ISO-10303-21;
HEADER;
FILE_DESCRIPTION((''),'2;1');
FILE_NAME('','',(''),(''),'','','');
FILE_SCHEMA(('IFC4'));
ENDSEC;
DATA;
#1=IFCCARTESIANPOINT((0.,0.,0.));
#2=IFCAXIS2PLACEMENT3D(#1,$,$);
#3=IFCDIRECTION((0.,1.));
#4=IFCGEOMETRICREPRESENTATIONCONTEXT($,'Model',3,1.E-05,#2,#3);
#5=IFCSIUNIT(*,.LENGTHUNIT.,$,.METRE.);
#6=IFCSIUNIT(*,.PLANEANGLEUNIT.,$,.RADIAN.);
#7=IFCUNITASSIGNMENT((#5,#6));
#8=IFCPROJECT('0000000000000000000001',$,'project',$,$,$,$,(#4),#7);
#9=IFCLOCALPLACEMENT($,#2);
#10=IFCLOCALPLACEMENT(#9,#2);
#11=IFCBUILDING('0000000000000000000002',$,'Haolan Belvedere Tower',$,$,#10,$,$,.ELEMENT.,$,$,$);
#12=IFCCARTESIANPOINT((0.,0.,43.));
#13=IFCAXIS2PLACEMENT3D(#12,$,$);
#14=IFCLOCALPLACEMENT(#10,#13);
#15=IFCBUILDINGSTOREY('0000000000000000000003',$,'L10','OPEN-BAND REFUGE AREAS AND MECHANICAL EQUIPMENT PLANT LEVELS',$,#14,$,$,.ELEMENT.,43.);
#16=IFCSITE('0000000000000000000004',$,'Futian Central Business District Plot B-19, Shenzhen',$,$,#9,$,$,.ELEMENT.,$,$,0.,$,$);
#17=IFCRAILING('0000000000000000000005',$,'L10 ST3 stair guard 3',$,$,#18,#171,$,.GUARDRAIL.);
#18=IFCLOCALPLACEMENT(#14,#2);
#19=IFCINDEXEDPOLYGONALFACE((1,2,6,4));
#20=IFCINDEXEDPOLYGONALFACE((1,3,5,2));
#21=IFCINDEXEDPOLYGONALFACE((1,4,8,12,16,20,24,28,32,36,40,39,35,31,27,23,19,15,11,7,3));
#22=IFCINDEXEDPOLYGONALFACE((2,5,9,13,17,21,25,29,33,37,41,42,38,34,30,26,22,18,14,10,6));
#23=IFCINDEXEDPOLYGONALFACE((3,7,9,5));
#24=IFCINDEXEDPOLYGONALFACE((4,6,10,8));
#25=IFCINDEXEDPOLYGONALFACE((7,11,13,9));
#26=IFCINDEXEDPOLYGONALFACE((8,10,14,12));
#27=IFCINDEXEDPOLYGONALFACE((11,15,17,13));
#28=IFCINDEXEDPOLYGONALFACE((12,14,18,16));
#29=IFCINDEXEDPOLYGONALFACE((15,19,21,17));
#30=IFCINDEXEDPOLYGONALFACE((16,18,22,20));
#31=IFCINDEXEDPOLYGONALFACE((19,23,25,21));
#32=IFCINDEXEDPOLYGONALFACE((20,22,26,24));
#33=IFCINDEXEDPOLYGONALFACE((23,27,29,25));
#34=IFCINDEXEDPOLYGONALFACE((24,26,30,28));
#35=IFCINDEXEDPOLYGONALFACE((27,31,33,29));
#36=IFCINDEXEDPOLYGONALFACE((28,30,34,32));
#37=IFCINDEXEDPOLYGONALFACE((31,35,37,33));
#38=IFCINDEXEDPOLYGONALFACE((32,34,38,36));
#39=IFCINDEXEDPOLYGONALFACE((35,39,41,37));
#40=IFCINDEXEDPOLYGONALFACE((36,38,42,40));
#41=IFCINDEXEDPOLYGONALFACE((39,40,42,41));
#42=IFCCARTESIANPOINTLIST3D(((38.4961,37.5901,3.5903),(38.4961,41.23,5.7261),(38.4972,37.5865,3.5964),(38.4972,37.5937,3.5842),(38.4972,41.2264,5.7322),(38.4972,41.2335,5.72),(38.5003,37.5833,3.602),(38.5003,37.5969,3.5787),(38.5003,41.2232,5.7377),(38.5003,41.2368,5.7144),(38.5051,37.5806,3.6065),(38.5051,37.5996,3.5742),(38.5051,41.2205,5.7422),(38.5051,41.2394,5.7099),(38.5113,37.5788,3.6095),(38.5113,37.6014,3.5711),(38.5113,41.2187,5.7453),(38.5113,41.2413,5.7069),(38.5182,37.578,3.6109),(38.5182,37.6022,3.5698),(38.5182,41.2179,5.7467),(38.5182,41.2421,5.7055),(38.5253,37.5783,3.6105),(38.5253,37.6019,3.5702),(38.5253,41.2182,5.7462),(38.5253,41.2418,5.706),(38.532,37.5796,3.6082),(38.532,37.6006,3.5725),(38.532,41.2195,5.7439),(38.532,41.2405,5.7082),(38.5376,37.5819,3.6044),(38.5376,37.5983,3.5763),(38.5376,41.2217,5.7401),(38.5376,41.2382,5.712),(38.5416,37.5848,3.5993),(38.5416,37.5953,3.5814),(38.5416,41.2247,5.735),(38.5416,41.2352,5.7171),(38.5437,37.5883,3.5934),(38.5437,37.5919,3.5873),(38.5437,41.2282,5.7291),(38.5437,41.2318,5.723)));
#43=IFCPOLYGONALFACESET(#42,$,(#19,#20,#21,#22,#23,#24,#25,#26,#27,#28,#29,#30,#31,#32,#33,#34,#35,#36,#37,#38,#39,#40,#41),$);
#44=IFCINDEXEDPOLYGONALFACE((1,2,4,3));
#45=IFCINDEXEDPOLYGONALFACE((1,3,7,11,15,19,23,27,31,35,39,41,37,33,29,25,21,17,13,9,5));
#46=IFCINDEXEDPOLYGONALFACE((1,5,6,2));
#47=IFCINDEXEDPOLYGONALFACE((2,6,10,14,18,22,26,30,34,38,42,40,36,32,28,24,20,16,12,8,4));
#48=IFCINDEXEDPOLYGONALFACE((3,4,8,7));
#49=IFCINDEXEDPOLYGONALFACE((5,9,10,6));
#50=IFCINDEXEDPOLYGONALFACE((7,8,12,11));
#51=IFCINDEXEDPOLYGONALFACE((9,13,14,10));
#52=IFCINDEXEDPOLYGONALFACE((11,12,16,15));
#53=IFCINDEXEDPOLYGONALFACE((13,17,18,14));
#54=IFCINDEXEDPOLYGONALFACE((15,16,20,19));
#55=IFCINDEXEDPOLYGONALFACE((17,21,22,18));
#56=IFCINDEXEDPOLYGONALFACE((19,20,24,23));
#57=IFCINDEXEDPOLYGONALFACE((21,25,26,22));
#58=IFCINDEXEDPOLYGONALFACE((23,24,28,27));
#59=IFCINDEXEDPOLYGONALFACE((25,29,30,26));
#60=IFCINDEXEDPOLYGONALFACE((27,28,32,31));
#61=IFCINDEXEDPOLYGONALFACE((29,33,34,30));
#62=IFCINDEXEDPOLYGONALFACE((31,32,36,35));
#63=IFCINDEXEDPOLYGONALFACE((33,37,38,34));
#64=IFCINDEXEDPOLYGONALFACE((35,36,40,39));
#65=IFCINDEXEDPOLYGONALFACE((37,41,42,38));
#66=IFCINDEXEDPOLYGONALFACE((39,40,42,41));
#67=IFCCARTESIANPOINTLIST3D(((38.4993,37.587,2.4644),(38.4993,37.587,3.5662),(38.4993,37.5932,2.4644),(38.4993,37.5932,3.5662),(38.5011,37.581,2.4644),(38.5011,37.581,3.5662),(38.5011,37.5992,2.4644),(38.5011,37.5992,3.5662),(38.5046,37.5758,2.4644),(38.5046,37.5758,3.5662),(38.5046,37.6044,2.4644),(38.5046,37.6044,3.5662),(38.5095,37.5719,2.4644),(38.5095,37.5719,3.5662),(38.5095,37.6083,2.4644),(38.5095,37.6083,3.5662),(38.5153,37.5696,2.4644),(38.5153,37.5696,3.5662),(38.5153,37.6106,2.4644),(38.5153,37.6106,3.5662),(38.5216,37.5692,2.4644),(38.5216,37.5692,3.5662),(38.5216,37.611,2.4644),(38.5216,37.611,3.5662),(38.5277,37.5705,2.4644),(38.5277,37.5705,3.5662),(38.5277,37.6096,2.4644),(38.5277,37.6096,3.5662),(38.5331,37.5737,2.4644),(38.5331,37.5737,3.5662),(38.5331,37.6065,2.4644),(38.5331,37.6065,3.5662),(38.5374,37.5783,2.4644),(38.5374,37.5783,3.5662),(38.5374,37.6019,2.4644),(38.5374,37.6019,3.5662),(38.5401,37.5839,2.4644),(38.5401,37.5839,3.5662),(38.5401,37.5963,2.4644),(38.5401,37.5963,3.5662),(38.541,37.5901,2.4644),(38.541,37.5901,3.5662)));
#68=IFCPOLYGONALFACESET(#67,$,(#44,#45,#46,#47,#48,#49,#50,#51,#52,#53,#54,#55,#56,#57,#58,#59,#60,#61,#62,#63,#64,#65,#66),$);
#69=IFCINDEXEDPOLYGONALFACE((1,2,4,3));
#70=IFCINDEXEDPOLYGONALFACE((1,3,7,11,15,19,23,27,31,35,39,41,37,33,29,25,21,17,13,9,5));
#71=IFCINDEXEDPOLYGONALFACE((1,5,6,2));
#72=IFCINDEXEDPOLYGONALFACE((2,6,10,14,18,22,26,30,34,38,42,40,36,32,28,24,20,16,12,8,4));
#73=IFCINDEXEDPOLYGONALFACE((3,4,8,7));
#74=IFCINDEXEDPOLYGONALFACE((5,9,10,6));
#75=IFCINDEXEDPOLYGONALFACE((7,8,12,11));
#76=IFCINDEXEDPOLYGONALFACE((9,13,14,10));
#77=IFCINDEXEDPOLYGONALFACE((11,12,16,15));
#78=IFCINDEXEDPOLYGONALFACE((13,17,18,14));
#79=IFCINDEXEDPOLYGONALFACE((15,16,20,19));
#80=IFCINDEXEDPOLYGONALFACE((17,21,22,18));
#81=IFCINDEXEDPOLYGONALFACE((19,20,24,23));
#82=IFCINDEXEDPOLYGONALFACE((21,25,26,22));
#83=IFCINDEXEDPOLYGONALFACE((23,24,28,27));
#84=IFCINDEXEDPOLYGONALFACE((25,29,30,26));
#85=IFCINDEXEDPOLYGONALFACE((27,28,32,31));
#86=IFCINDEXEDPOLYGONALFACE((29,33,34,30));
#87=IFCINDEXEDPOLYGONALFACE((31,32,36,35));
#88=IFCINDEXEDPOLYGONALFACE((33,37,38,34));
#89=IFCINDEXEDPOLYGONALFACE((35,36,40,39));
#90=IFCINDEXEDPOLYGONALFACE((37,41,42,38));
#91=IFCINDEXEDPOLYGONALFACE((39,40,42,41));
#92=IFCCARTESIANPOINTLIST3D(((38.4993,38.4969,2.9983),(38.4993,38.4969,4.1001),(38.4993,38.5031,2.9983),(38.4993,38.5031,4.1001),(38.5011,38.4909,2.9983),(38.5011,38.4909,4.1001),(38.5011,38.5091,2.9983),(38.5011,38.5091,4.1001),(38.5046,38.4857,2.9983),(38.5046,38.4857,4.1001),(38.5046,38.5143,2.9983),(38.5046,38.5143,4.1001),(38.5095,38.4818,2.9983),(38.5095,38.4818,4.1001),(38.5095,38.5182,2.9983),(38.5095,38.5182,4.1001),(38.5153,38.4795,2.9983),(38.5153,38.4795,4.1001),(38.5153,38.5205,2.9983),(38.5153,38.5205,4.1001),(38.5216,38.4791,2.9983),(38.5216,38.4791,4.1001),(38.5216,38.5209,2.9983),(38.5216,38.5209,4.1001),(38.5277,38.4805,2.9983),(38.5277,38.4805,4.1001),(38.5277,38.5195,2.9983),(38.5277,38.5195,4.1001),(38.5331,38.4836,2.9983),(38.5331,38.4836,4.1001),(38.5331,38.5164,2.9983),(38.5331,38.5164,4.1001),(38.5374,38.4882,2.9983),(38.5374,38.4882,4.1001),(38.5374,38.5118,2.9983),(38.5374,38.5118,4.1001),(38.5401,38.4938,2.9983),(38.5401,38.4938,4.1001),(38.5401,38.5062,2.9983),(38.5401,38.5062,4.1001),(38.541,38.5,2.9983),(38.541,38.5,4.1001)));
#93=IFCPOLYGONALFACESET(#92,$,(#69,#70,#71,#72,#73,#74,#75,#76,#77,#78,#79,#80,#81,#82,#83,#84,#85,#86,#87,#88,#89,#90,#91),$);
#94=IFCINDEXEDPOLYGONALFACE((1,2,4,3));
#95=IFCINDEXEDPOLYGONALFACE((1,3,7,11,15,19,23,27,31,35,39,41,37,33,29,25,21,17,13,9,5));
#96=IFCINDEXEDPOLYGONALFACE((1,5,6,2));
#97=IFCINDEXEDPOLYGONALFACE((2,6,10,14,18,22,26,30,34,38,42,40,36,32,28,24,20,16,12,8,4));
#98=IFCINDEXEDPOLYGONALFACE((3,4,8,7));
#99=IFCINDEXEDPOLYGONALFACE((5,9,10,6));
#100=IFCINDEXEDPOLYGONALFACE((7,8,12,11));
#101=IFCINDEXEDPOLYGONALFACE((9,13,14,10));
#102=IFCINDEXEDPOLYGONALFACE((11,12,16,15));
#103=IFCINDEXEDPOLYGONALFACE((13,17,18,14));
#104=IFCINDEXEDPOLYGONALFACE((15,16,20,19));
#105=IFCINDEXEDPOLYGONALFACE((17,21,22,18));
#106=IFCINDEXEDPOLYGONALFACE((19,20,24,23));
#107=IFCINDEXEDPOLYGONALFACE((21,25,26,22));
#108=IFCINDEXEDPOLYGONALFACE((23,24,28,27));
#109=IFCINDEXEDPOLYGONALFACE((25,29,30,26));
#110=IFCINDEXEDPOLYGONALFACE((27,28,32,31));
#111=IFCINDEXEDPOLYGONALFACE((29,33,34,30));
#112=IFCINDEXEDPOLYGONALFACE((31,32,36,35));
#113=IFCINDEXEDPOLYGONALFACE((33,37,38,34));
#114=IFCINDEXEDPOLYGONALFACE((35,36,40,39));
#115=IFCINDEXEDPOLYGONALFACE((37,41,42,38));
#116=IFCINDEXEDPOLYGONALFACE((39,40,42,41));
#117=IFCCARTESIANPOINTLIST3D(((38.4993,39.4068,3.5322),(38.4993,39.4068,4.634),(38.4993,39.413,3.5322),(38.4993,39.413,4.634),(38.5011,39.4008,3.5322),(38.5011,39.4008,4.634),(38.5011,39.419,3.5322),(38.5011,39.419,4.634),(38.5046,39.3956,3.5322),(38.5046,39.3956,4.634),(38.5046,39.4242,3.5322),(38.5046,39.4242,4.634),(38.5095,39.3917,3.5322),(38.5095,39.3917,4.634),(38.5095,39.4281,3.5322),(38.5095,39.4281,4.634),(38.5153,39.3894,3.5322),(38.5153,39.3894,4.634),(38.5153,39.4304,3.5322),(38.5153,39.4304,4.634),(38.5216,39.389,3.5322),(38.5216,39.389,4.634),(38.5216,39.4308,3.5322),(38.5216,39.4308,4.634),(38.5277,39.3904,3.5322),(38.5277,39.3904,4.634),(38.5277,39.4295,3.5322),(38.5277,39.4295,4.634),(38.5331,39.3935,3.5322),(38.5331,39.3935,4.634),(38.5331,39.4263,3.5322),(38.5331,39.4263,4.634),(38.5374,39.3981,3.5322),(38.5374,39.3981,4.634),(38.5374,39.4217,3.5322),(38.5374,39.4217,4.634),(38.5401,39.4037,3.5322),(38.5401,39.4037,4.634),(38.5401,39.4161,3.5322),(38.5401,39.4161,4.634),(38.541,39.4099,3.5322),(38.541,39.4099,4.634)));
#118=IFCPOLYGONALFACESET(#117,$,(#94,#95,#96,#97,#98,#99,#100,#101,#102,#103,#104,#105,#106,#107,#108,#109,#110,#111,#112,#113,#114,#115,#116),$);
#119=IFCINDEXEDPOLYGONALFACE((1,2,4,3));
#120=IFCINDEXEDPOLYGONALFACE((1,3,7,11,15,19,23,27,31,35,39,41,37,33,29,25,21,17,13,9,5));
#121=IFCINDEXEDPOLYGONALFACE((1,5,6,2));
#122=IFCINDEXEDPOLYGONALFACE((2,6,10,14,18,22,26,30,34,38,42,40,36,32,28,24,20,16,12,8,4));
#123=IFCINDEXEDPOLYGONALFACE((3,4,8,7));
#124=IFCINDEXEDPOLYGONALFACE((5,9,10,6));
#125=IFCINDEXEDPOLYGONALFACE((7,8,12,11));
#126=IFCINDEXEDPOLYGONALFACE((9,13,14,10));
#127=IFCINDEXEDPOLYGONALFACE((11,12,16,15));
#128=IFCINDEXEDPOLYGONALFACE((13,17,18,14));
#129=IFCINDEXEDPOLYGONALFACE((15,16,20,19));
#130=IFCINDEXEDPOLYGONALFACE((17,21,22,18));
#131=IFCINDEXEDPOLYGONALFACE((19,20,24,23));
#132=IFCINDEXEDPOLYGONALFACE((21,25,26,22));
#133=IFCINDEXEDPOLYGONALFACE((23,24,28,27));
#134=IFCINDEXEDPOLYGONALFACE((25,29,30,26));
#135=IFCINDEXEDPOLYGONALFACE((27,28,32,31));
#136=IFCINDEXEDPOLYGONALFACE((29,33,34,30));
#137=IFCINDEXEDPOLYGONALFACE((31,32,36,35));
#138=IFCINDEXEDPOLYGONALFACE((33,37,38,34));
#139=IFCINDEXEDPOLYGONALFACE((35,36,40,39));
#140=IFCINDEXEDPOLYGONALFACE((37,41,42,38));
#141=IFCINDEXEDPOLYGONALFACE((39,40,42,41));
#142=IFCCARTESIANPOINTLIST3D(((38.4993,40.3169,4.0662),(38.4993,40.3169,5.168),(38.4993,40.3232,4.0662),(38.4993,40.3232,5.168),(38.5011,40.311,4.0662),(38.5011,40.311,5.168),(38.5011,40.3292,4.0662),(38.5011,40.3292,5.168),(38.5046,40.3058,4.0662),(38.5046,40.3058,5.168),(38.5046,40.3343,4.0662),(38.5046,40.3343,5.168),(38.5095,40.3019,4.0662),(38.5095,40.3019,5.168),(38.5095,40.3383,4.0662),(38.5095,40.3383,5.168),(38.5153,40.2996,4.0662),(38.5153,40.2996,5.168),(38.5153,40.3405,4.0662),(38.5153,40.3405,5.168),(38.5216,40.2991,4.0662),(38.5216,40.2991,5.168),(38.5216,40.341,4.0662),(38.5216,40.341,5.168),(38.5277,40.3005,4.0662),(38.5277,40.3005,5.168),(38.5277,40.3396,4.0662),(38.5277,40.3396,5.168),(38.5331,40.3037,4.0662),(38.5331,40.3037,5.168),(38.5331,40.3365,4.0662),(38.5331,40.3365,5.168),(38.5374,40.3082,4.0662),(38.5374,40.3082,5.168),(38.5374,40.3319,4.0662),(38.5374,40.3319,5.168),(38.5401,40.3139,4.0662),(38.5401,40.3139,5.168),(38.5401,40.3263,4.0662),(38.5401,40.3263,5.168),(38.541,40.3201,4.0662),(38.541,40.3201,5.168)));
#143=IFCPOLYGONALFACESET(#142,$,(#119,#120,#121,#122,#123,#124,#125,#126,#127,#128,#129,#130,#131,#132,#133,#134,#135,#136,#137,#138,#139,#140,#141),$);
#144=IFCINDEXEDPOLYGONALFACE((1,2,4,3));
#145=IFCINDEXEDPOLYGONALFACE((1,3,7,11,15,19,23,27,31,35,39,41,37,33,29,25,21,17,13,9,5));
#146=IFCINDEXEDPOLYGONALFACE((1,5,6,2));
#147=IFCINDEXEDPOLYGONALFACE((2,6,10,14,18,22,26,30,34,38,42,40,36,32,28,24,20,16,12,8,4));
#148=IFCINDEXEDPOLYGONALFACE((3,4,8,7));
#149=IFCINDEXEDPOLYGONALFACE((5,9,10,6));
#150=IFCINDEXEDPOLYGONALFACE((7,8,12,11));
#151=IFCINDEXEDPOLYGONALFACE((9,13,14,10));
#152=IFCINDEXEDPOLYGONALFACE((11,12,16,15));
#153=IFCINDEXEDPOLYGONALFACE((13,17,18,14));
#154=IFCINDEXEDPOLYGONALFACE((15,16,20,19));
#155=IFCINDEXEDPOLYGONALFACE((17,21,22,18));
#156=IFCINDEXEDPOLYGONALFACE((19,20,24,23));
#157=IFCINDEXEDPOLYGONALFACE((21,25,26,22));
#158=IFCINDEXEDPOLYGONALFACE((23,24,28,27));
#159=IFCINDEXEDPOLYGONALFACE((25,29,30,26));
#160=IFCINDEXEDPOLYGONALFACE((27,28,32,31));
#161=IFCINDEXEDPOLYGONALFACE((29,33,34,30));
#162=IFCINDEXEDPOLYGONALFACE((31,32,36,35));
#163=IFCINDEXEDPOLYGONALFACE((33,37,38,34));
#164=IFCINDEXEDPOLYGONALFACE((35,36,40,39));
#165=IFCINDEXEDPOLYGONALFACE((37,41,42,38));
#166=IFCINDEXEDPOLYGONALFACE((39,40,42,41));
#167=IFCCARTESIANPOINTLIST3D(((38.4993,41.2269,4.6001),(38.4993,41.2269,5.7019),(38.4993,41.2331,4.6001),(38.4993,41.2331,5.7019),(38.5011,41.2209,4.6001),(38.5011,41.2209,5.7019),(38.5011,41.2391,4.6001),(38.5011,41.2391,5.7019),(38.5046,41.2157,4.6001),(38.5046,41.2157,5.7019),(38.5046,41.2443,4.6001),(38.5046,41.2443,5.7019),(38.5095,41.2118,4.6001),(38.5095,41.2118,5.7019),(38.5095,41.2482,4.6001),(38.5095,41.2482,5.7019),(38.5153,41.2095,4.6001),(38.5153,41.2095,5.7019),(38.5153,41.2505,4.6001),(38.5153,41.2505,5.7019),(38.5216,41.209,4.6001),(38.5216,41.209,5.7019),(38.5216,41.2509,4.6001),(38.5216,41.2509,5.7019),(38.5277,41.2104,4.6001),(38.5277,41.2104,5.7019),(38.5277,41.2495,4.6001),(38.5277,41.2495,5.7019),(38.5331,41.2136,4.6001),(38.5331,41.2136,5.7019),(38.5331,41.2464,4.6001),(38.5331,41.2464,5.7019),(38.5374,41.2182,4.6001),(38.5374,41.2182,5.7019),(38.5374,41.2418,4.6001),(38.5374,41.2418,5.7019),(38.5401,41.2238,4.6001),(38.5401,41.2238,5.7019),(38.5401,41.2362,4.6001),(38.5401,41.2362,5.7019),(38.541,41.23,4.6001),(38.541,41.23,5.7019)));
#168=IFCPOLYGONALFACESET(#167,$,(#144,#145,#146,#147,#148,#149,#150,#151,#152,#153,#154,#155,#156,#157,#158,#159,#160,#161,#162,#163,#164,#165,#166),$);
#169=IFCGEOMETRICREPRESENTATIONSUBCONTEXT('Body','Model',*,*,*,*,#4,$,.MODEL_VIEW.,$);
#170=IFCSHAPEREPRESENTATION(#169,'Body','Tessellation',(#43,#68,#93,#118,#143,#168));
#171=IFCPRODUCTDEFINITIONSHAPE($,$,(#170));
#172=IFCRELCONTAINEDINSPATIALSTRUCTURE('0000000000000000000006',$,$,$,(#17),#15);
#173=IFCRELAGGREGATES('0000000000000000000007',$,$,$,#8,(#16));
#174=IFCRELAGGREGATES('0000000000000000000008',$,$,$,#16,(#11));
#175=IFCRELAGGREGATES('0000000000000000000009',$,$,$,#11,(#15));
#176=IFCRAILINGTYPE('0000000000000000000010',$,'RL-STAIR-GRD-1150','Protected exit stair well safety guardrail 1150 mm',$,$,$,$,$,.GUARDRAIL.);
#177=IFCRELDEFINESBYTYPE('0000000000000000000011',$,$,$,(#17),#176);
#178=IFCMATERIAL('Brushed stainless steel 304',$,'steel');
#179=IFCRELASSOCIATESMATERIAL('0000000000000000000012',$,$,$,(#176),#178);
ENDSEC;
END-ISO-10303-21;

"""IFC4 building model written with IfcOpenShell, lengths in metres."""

from ifc_helpers import new_model, si_unit, direction, frame, origin, origin_2d, place, context, subcontext, project, spatial, circle, extrude, material, type_object, element, save


model = new_model("IFC4")

# Units and contexts
model_context = context("Model", 3, precision=1e-05, world=origin(), true_north=direction((0.0, 1.0)))
body_context = subcontext(model_context, "Body", "Model", "MODEL_VIEW")
ifc_project = project(units=[si_unit("LENGTHUNIT", "METRE"), si_unit("PLANEANGLEUNIT", "RADIAN")], contexts=[model_context])

# Site, building, storey
site_placement = place(None, origin())
site = spatial("IfcSite", under=ifc_project, at=site_placement, Name="Futian Central Business District Plot B-19, Shenzhen", CompositionType="ELEMENT", RefElevation=0.0)
building_placement = place(site_placement, origin())
building = spatial("IfcBuilding", under=site, at=building_placement, Name="Haolan Belvedere Tower", CompositionType="ELEMENT")
storey_placement = place(building_placement, frame((0.0, 0.0, 43.0)))
storey = spatial("IfcBuildingStorey", under=building, at=storey_placement, Name="L10", Description="OPEN-BAND REFUGE AREAS AND MECHANICAL EQUIPMENT PLANT LEVELS", CompositionType="ELEMENT", Elevation=43.0)

# Railing
ifc_material_1 = material(Name="Brushed stainless steel 304", Category="steel")
railing_type_1 = type_object("IfcRailingType", Name="RL-STAIR-GRD-1150", Description="Protected exit stair well safety guardrail 1150 mm", PredefinedType="GUARDRAIL", material=ifc_material_1)
railing_1_placement = place(storey_placement, frame((38.52, 37.5901, 2.4644)))
element("IfcRailing", 1, at=railing_1_placement, inside=storey, type_object=railing_type_1, Name="L10 ST3 stair guard 3", PredefinedType="GUARDRAIL", context=body_context, shape_type="SweptSolid", body=[
    extrude(circle(Radius=0.0239, at=origin_2d()), frame((0.0, 0.0, 1.126), z_axis=(0.0, 0.86249, 0.506074), x_axis=(-1.0, 0.0, 0.0)), (0.0, 0.0, 1.0), 4.2202),
    extrude(circle(Radius=0.021, at=origin_2d()), origin(), (0.0, 0.0, 1.0), 1.1018),
    extrude(circle(Radius=0.021, at=origin_2d()), frame((0.0, 0.9099, 0.5339)), (0.0, 0.0, 1.0), 1.1018),
    extrude(circle(Radius=0.021, at=origin_2d()), frame((0.0, 1.8198, 1.0679)), (0.0, 0.0, 1.0), 1.1018),
    extrude(circle(Radius=0.021, at=origin_2d()), frame((0.0, 2.73, 1.6018)), (0.0, 0.0, 1.0), 1.1018),
    extrude(circle(Radius=0.021, at=origin_2d()), frame((0.0, 3.6399, 2.1357)), (0.0, 0.0, 1.0), 1.1018),
])

save(model, "model.ifc")
